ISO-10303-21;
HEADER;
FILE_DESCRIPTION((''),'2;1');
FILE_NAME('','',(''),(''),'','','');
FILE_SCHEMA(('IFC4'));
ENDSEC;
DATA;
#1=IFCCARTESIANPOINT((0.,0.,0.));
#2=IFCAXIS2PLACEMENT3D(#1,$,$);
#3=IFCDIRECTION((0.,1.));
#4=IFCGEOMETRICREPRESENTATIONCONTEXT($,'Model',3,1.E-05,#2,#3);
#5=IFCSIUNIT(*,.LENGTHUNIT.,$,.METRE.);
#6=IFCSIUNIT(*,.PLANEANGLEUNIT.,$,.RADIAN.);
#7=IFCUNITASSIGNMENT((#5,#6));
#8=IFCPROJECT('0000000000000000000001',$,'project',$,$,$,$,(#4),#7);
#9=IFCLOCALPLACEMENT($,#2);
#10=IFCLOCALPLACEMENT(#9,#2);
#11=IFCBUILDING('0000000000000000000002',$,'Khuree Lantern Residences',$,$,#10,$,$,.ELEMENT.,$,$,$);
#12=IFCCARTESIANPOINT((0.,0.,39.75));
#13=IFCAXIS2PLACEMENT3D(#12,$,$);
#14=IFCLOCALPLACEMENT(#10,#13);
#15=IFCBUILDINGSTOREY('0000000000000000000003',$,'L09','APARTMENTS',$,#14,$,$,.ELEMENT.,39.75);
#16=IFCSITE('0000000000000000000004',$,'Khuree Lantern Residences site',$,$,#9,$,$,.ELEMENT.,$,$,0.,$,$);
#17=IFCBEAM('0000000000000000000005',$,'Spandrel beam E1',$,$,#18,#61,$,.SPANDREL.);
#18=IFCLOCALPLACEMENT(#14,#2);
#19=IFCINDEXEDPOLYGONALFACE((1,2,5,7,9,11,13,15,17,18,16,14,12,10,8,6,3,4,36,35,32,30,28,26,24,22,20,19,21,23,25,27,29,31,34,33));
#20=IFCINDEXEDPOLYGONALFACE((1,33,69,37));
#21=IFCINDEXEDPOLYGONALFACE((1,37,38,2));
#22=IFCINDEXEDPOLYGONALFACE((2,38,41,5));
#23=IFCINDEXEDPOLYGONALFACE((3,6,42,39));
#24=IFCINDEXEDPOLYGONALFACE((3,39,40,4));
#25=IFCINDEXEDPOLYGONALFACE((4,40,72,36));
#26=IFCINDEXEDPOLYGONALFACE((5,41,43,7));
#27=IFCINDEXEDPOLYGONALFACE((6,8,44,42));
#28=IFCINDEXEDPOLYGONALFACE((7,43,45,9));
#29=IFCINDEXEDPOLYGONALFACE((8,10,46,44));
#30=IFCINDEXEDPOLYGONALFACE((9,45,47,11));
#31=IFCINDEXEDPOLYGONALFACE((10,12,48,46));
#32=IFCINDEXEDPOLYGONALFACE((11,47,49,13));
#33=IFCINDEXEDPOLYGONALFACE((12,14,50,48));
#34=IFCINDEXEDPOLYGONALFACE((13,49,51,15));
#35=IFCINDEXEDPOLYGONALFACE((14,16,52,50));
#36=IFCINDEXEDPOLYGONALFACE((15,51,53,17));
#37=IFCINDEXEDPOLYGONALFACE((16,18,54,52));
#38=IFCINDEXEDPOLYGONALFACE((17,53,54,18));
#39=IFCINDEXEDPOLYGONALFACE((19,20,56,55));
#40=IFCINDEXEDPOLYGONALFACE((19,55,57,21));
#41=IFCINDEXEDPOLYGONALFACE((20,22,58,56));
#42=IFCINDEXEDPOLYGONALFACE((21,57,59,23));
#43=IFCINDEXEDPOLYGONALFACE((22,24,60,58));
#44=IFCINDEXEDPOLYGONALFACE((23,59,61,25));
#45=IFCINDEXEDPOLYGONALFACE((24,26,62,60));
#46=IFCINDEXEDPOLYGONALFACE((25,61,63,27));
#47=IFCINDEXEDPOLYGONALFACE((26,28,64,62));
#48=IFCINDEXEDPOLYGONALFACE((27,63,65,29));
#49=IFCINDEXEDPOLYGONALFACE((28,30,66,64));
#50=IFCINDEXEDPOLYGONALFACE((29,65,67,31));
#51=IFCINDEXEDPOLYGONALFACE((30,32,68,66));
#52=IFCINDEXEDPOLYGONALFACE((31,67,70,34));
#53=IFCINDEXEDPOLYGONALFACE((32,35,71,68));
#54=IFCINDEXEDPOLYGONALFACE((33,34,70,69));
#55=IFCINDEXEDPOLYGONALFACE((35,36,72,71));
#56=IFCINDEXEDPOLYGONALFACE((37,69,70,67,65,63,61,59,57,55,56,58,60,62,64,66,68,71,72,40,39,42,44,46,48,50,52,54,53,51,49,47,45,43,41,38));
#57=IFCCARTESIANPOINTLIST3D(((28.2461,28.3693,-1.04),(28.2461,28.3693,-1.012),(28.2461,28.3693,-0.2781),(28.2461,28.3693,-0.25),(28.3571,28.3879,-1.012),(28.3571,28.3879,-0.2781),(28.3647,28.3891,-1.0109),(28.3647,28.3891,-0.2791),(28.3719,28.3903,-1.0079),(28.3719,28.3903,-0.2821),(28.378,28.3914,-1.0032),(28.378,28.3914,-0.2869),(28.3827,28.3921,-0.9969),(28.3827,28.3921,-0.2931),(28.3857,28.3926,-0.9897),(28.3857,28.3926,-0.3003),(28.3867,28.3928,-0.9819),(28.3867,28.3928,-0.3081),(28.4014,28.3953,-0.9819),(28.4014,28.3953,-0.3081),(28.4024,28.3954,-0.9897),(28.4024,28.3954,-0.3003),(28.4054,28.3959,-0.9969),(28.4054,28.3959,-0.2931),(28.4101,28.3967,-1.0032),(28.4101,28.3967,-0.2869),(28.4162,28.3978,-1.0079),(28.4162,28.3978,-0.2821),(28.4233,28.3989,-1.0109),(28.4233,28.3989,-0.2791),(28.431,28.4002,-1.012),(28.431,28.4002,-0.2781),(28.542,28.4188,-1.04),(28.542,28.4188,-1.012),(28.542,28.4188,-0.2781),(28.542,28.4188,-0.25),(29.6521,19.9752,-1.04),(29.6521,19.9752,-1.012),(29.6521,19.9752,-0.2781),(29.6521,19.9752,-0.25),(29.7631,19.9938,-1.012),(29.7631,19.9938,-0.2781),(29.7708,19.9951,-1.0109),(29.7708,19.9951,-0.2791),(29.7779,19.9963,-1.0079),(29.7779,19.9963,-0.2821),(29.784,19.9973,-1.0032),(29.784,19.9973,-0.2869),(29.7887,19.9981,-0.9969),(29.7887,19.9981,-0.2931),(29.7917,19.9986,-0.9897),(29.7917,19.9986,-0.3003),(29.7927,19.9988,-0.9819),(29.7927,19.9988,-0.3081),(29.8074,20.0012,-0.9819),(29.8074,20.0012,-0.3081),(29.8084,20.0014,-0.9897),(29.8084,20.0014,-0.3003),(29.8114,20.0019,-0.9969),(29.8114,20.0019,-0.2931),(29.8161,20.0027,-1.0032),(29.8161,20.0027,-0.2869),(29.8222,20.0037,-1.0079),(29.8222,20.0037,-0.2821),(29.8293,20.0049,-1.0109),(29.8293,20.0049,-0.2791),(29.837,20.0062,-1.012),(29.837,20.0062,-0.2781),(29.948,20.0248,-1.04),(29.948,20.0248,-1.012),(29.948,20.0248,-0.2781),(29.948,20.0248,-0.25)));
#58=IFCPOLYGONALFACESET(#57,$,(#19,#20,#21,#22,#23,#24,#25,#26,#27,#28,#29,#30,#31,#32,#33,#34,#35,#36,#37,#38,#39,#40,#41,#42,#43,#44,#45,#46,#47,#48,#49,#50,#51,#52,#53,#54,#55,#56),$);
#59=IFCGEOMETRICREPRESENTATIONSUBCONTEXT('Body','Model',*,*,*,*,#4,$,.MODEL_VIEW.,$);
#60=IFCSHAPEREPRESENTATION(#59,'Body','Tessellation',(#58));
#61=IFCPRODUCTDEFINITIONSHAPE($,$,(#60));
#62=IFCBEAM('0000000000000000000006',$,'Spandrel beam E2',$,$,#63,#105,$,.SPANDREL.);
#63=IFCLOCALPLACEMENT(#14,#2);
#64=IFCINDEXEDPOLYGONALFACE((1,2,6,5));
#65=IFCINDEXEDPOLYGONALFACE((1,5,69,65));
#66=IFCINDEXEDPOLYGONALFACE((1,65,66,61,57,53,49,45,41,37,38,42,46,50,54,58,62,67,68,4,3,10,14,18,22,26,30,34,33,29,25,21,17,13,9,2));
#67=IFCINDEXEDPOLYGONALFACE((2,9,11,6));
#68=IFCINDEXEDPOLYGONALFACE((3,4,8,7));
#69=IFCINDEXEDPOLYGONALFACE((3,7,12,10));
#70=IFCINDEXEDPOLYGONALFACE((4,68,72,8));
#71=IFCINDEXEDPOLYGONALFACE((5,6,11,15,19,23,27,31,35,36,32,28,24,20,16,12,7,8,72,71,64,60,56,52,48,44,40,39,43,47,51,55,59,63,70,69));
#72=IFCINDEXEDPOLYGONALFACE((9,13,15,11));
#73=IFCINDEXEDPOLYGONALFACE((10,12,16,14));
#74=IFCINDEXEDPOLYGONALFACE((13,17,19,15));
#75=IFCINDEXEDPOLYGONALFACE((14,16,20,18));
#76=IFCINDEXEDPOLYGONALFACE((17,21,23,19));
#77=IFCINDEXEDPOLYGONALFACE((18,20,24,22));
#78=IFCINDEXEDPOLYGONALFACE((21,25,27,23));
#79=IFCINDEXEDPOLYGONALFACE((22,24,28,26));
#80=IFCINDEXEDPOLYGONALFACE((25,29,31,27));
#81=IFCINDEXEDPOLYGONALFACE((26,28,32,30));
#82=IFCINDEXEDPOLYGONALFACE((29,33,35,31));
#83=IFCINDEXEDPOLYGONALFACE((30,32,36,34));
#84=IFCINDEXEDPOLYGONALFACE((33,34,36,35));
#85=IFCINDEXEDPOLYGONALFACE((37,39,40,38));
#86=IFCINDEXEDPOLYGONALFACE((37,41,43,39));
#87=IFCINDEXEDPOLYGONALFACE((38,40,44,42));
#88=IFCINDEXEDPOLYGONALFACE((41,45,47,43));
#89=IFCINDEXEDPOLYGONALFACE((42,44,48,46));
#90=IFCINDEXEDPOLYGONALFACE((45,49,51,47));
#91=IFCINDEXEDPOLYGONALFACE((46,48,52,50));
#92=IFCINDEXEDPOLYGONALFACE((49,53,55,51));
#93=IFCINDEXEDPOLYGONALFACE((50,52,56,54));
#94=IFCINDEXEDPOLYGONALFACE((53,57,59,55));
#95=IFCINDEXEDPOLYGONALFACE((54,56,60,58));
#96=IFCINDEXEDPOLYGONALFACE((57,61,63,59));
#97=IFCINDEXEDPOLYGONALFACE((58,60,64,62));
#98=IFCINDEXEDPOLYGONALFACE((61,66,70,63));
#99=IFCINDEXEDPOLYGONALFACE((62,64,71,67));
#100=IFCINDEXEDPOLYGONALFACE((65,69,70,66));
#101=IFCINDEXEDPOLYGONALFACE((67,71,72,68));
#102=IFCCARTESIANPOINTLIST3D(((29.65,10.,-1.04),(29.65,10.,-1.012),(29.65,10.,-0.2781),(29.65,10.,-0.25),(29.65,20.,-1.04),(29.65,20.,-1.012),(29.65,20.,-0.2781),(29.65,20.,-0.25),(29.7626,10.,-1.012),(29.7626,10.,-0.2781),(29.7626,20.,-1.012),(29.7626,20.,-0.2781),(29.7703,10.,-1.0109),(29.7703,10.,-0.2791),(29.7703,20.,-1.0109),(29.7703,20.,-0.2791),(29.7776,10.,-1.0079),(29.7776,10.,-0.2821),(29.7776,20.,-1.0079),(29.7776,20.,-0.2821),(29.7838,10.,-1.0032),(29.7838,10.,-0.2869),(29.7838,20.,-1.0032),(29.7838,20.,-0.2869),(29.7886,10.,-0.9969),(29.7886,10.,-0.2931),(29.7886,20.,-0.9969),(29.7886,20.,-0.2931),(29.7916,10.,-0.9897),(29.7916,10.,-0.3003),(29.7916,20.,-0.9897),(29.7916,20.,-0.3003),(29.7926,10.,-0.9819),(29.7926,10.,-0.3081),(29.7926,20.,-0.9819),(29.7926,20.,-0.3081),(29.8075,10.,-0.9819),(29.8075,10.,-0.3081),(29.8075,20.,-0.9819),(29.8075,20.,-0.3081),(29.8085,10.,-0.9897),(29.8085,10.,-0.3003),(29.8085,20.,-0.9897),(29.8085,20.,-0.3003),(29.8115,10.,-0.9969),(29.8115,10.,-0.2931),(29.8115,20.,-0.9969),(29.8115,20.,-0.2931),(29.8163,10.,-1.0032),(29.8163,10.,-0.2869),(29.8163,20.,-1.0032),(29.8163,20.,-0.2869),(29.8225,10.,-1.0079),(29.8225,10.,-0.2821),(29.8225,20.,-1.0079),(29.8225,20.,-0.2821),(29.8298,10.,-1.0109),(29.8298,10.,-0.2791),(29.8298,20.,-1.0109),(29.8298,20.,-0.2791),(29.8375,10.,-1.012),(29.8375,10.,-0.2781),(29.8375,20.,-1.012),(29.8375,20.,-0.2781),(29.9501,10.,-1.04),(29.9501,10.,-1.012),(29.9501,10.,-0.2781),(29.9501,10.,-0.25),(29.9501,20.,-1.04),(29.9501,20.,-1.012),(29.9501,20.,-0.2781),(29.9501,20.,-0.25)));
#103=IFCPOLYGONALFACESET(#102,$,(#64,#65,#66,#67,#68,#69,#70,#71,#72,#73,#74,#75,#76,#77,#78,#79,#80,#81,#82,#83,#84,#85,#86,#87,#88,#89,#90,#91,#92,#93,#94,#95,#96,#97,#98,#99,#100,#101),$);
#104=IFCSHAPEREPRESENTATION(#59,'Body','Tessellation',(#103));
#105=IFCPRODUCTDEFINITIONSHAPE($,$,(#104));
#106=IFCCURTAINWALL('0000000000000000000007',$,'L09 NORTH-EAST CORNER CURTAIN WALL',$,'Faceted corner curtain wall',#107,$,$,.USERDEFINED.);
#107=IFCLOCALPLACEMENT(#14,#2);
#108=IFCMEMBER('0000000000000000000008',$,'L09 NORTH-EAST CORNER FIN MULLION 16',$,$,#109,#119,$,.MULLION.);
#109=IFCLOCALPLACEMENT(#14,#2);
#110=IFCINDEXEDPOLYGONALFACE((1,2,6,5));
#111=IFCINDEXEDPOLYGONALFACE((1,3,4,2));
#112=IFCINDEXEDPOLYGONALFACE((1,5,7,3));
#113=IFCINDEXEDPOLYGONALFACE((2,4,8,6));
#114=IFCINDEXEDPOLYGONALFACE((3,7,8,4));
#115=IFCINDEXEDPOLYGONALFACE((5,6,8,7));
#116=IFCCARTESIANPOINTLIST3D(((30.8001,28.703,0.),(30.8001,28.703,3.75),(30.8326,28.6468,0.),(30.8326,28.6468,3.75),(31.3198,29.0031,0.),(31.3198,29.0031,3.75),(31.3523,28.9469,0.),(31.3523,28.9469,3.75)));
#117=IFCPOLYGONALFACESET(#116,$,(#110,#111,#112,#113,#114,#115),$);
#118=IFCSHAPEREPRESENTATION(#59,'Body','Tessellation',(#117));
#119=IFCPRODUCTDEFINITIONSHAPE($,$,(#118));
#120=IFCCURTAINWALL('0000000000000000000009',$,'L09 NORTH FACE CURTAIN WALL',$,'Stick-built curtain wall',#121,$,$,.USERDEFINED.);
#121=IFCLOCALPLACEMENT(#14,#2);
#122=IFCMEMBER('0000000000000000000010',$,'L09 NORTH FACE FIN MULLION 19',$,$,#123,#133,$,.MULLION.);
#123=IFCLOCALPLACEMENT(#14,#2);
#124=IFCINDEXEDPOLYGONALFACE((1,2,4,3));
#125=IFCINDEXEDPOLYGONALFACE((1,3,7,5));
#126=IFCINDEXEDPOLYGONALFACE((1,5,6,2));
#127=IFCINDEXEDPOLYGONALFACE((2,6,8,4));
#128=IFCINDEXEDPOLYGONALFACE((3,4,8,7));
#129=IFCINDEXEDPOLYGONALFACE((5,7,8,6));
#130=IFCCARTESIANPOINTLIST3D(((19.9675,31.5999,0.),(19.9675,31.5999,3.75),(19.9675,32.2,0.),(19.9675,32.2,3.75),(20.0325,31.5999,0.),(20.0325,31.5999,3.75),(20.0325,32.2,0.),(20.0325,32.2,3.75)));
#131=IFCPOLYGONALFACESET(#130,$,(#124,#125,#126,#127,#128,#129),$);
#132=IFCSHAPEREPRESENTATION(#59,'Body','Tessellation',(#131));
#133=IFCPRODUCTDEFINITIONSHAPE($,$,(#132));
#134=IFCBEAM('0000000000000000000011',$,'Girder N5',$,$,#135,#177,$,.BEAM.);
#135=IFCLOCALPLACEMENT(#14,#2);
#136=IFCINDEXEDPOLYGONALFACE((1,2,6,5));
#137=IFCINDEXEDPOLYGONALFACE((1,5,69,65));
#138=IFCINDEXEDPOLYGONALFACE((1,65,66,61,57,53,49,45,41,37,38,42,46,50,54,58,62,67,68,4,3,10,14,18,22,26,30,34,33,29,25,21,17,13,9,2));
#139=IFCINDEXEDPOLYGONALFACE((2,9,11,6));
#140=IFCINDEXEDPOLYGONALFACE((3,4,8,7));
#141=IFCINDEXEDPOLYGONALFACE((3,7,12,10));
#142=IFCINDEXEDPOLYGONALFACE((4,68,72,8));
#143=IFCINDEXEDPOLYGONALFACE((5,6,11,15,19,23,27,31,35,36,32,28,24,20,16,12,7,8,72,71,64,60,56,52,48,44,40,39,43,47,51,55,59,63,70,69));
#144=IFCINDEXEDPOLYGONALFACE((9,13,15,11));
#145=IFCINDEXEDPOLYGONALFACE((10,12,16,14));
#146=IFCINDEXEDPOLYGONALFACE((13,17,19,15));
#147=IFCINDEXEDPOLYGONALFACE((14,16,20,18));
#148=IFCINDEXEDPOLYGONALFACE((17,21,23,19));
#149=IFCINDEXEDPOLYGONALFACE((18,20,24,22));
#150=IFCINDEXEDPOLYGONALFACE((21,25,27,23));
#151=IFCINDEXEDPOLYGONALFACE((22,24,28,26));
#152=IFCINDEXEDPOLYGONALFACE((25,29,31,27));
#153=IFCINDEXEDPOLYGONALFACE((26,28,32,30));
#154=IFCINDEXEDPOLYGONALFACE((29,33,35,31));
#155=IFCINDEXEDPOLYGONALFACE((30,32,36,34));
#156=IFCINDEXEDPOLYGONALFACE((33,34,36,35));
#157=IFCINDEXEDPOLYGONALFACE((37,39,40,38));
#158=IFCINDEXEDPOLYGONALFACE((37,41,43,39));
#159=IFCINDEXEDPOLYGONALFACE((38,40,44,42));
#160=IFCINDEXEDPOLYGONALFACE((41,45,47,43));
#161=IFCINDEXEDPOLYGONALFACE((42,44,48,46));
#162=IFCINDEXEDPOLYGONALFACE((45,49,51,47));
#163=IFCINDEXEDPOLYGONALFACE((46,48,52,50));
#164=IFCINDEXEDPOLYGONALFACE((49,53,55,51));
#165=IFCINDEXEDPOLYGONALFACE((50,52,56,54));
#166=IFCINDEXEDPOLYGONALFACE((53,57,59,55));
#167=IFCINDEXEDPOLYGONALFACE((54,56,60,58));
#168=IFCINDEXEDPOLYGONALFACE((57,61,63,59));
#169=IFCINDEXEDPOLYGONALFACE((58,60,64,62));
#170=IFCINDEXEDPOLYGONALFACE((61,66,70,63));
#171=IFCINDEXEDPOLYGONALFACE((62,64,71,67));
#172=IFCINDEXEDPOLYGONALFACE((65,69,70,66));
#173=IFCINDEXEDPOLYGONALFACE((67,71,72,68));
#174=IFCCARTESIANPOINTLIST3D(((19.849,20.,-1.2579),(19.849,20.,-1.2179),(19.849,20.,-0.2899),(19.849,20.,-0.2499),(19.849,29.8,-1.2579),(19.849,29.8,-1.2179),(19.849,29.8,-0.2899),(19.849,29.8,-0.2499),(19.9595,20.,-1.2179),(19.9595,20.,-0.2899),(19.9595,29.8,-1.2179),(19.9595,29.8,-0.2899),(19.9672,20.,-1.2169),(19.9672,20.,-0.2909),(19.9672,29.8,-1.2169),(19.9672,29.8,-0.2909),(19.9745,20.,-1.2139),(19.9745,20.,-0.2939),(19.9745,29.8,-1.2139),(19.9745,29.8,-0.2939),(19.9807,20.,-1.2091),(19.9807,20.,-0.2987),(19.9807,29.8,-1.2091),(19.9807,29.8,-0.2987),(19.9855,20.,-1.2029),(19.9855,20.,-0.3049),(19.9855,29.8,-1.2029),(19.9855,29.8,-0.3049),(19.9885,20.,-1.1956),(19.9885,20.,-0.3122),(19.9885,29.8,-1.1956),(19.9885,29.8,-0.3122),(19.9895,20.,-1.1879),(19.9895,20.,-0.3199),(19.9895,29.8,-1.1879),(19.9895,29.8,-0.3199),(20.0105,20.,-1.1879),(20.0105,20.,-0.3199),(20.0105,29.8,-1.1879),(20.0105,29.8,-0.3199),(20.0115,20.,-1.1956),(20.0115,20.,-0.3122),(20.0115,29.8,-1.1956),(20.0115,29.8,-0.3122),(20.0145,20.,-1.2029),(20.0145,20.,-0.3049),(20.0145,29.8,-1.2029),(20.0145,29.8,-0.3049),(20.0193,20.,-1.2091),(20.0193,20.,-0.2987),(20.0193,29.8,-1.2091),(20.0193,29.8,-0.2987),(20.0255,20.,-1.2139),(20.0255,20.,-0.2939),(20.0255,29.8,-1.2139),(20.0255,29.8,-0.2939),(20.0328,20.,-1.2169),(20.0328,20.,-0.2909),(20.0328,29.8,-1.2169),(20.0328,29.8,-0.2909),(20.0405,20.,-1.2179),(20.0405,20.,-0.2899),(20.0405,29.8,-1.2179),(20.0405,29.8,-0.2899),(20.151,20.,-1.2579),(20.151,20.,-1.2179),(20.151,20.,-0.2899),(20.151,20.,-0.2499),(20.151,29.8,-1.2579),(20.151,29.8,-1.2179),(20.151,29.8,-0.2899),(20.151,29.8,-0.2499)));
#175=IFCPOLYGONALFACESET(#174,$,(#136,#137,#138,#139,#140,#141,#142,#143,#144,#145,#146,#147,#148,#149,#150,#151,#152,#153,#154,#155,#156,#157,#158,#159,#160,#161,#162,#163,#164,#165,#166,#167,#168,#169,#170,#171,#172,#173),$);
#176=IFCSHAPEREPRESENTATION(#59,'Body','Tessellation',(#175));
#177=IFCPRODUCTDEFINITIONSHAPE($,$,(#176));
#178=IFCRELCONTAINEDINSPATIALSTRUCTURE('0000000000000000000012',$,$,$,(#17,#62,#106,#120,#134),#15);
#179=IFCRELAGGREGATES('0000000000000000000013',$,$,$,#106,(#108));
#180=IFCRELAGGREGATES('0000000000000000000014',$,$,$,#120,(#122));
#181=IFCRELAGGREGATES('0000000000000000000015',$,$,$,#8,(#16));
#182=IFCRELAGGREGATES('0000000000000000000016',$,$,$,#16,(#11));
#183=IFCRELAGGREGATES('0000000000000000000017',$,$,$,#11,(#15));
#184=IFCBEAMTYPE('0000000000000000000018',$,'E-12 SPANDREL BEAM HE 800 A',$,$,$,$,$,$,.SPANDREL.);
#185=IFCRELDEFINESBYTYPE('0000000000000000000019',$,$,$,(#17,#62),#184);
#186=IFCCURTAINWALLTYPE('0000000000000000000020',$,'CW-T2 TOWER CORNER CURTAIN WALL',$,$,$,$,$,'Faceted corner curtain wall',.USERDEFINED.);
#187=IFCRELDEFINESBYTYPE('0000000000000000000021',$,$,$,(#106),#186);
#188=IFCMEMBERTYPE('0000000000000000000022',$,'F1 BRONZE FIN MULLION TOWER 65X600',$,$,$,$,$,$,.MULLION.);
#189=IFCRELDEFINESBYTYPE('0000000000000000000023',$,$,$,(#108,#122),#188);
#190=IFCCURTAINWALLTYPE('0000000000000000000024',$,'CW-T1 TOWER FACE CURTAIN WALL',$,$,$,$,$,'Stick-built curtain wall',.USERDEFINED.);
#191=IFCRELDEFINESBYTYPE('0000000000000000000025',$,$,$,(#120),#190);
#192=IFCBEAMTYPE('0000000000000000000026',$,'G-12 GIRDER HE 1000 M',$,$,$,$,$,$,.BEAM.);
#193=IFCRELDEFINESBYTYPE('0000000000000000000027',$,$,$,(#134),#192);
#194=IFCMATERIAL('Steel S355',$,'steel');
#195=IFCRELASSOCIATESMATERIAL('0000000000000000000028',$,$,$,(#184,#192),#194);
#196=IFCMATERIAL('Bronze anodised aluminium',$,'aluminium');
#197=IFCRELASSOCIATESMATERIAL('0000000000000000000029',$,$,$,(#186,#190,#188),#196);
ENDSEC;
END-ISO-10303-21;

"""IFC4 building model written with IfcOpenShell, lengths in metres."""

from ifc_helpers import new_model, si_unit, direction, frame, origin, origin_2d, place, context, subcontext, project, spatial, rectangle, i_section, extrude, material, material_profile, profile_set, type_object, element, aggregate, save


model = new_model("IFC4")

# Units and contexts
model_context = context("Model", 3, precision=1e-05, world=origin(), true_north=direction((0.0, 1.0)))
body_context = subcontext(model_context, "Body", "Model", "MODEL_VIEW")
ifc_project = project(units=[si_unit("LENGTHUNIT", "METRE"), si_unit("PLANEANGLEUNIT", "RADIAN")], contexts=[model_context])

# Site, building, storey
site_placement = place(None, origin())
site = spatial("IfcSite", under=ifc_project, at=site_placement, Name="Khuree Lantern Residences site", CompositionType="ELEMENT", RefElevation=0.0)
building_placement = place(site_placement, origin())
building = spatial("IfcBuilding", under=site, at=building_placement, Name="Khuree Lantern Residences", CompositionType="ELEMENT")
storey_placement = place(building_placement, frame((0.0, 0.0, 39.75)))
storey = spatial("IfcBuildingStorey", under=building, at=storey_placement, Name="L09", Description="APARTMENTS", CompositionType="ELEMENT", Elevation=39.75)

# Beams
ifc_material_1 = material(Name="Steel S355", Category="steel")
ifc_material_profile_1 = material_profile(ifc_material_1, i_section(OverallWidth=0.3, OverallDepth=0.79, WebThickness=0.0149, FlangeThickness=0.0281, FilletRadius=0.03, at=origin_2d()), Name="HE 800 A")
ifc_profile_set_1 = profile_set([ifc_material_profile_1], Name="Steel S355")
beam_type_1 = type_object("IfcBeamType", Name="E-12 SPANDREL BEAM HE 800 A", PredefinedType="SPANDREL", material=ifc_profile_set_1)
for number, where, z_axis, x_axis, name in (
    (1, (28.394, 28.394, -0.645), (0.165199, -0.98626, 0.0), (0.98626, 0.165199, 0.0), "Spandrel beam E1"),
):
    element("IfcBeam", number, at=place(storey_placement, frame(where, z_axis=z_axis, x_axis=x_axis)), inside=storey, type_object=beam_type_1, Name=name, PredefinedType="SPANDREL", context=body_context, shape_type="SweptSolid", body=[
        extrude(i_section(OverallWidth=0.3, OverallDepth=0.79, WebThickness=0.0149, FlangeThickness=0.0281, FilletRadius=0.03, at=origin_2d()), origin(), (0.0, 0.0, 1.0), 8.511),
    ])
beam_1_placement = place(storey_placement, frame((29.8, 20.0, -0.645), z_axis=(0.0, -1.0, 0.0), x_axis=(1.0, 0.0, 0.0)))
element("IfcBeam", 2, at=beam_1_placement, inside=storey, type_object=beam_type_1, Name="Spandrel beam E2", PredefinedType="SPANDREL", context=body_context, shape_type="SweptSolid", body=[
    extrude(i_section(OverallWidth=0.3, OverallDepth=0.79, WebThickness=0.0149, FlangeThickness=0.0281, FilletRadius=0.03, at=origin_2d()), origin(), (0.0, 0.0, 1.0), 10.0),
])

# Curtain walls, members
ifc_material_2 = material(Name="Bronze anodised aluminium", Category="aluminium")
curtain_wall_type_1 = type_object("IfcCurtainWallType", Name="CW-T2 TOWER CORNER CURTAIN WALL", ElementType="Faceted corner curtain wall", PredefinedType="USERDEFINED", material=ifc_material_2)
curtain_wall_1_placement = place(storey_placement, origin())
curtain_wall_1 = element("IfcCurtainWall", 3, at=curtain_wall_1_placement, inside=storey, type_object=curtain_wall_type_1, Name="L09 NORTH-EAST CORNER CURTAIN WALL", ObjectType="Faceted corner curtain wall", PredefinedType="USERDEFINED")
ifc_material_profile_2 = material_profile(ifc_material_2, rectangle(XDim=0.0649, YDim=0.6001, at=origin_2d()), Name="F1 65X600")
ifc_profile_set_2 = profile_set([ifc_material_profile_2], Name="Bronze anodised aluminium")
member_type_1 = type_object("IfcMemberType", Name="F1 BRONZE FIN MULLION TOWER 65X600", PredefinedType="MULLION", material=ifc_profile_set_2)
member_1_placement = place(storey_placement, frame((31.0762, 28.825, 0.0), z_axis=(0.0, 0.0, 1.0), x_axis=(-0.5, 0.866025, 0.0)))
member_1 = element("IfcMember", 4, at=member_1_placement, type_object=member_type_1, Name="L09 NORTH-EAST CORNER FIN MULLION 16", PredefinedType="MULLION", context=body_context, shape_type="SweptSolid", body=[
    extrude(rectangle(XDim=0.0649, YDim=0.6001, at=origin_2d()), origin(), (0.0, 0.0, 1.0), 3.75),
])
curtain_wall_type_2 = type_object("IfcCurtainWallType", Name="CW-T1 TOWER FACE CURTAIN WALL", ElementType="Stick-built curtain wall", PredefinedType="USERDEFINED", material=ifc_material_2)
curtain_wall_2_placement = place(storey_placement, origin())
curtain_wall_2 = element("IfcCurtainWall", 5, at=curtain_wall_2_placement, inside=storey, type_object=curtain_wall_type_2, Name="L09 NORTH FACE CURTAIN WALL", ObjectType="Stick-built curtain wall", PredefinedType="USERDEFINED")
member_2_placement = place(storey_placement, frame((20.0, 31.8999, 0.0), z_axis=(0.0, 0.0, 1.0), x_axis=(-1.0, 0.0, 0.0)))
member_2 = element("IfcMember", 6, at=member_2_placement, type_object=member_type_1, Name="L09 NORTH FACE FIN MULLION 19", PredefinedType="MULLION", context=body_context, shape_type="SweptSolid", body=[
    extrude(rectangle(XDim=0.0649, YDim=0.6001, at=origin_2d()), origin(), (0.0, 0.0, 1.0), 3.75),
])

# Beam
ifc_material_profile_3 = material_profile(ifc_material_1, i_section(OverallWidth=0.302, OverallDepth=1.0081, WebThickness=0.021, FlangeThickness=0.04, FilletRadius=0.03, at=origin_2d()), Name="HE 1000 M")
ifc_profile_set_3 = profile_set([ifc_material_profile_3], Name="Steel S355")
beam_type_2 = type_object("IfcBeamType", Name="G-12 GIRDER HE 1000 M", PredefinedType="BEAM", material=ifc_profile_set_3)
for number, where, z_axis, x_axis, name in (
    (7, (20.0, 29.8, -0.7539), (0.0, -1.0, 0.0), (1.0, 0.0, 0.0), "Girder N5"),
):
    element("IfcBeam", number, at=place(storey_placement, frame(where, z_axis=z_axis, x_axis=x_axis)), inside=storey, type_object=beam_type_2, Name=name, PredefinedType="BEAM", context=body_context, shape_type="SweptSolid", body=[
        extrude(i_section(OverallWidth=0.302, OverallDepth=1.0081, WebThickness=0.021, FlangeThickness=0.04, FilletRadius=0.03, at=origin_2d()), origin(), (0.0, 0.0, 1.0), 9.8),
    ])

aggregate(curtain_wall_1, [member_1])
aggregate(curtain_wall_2, [member_2])

save(model, "model.ifc")
